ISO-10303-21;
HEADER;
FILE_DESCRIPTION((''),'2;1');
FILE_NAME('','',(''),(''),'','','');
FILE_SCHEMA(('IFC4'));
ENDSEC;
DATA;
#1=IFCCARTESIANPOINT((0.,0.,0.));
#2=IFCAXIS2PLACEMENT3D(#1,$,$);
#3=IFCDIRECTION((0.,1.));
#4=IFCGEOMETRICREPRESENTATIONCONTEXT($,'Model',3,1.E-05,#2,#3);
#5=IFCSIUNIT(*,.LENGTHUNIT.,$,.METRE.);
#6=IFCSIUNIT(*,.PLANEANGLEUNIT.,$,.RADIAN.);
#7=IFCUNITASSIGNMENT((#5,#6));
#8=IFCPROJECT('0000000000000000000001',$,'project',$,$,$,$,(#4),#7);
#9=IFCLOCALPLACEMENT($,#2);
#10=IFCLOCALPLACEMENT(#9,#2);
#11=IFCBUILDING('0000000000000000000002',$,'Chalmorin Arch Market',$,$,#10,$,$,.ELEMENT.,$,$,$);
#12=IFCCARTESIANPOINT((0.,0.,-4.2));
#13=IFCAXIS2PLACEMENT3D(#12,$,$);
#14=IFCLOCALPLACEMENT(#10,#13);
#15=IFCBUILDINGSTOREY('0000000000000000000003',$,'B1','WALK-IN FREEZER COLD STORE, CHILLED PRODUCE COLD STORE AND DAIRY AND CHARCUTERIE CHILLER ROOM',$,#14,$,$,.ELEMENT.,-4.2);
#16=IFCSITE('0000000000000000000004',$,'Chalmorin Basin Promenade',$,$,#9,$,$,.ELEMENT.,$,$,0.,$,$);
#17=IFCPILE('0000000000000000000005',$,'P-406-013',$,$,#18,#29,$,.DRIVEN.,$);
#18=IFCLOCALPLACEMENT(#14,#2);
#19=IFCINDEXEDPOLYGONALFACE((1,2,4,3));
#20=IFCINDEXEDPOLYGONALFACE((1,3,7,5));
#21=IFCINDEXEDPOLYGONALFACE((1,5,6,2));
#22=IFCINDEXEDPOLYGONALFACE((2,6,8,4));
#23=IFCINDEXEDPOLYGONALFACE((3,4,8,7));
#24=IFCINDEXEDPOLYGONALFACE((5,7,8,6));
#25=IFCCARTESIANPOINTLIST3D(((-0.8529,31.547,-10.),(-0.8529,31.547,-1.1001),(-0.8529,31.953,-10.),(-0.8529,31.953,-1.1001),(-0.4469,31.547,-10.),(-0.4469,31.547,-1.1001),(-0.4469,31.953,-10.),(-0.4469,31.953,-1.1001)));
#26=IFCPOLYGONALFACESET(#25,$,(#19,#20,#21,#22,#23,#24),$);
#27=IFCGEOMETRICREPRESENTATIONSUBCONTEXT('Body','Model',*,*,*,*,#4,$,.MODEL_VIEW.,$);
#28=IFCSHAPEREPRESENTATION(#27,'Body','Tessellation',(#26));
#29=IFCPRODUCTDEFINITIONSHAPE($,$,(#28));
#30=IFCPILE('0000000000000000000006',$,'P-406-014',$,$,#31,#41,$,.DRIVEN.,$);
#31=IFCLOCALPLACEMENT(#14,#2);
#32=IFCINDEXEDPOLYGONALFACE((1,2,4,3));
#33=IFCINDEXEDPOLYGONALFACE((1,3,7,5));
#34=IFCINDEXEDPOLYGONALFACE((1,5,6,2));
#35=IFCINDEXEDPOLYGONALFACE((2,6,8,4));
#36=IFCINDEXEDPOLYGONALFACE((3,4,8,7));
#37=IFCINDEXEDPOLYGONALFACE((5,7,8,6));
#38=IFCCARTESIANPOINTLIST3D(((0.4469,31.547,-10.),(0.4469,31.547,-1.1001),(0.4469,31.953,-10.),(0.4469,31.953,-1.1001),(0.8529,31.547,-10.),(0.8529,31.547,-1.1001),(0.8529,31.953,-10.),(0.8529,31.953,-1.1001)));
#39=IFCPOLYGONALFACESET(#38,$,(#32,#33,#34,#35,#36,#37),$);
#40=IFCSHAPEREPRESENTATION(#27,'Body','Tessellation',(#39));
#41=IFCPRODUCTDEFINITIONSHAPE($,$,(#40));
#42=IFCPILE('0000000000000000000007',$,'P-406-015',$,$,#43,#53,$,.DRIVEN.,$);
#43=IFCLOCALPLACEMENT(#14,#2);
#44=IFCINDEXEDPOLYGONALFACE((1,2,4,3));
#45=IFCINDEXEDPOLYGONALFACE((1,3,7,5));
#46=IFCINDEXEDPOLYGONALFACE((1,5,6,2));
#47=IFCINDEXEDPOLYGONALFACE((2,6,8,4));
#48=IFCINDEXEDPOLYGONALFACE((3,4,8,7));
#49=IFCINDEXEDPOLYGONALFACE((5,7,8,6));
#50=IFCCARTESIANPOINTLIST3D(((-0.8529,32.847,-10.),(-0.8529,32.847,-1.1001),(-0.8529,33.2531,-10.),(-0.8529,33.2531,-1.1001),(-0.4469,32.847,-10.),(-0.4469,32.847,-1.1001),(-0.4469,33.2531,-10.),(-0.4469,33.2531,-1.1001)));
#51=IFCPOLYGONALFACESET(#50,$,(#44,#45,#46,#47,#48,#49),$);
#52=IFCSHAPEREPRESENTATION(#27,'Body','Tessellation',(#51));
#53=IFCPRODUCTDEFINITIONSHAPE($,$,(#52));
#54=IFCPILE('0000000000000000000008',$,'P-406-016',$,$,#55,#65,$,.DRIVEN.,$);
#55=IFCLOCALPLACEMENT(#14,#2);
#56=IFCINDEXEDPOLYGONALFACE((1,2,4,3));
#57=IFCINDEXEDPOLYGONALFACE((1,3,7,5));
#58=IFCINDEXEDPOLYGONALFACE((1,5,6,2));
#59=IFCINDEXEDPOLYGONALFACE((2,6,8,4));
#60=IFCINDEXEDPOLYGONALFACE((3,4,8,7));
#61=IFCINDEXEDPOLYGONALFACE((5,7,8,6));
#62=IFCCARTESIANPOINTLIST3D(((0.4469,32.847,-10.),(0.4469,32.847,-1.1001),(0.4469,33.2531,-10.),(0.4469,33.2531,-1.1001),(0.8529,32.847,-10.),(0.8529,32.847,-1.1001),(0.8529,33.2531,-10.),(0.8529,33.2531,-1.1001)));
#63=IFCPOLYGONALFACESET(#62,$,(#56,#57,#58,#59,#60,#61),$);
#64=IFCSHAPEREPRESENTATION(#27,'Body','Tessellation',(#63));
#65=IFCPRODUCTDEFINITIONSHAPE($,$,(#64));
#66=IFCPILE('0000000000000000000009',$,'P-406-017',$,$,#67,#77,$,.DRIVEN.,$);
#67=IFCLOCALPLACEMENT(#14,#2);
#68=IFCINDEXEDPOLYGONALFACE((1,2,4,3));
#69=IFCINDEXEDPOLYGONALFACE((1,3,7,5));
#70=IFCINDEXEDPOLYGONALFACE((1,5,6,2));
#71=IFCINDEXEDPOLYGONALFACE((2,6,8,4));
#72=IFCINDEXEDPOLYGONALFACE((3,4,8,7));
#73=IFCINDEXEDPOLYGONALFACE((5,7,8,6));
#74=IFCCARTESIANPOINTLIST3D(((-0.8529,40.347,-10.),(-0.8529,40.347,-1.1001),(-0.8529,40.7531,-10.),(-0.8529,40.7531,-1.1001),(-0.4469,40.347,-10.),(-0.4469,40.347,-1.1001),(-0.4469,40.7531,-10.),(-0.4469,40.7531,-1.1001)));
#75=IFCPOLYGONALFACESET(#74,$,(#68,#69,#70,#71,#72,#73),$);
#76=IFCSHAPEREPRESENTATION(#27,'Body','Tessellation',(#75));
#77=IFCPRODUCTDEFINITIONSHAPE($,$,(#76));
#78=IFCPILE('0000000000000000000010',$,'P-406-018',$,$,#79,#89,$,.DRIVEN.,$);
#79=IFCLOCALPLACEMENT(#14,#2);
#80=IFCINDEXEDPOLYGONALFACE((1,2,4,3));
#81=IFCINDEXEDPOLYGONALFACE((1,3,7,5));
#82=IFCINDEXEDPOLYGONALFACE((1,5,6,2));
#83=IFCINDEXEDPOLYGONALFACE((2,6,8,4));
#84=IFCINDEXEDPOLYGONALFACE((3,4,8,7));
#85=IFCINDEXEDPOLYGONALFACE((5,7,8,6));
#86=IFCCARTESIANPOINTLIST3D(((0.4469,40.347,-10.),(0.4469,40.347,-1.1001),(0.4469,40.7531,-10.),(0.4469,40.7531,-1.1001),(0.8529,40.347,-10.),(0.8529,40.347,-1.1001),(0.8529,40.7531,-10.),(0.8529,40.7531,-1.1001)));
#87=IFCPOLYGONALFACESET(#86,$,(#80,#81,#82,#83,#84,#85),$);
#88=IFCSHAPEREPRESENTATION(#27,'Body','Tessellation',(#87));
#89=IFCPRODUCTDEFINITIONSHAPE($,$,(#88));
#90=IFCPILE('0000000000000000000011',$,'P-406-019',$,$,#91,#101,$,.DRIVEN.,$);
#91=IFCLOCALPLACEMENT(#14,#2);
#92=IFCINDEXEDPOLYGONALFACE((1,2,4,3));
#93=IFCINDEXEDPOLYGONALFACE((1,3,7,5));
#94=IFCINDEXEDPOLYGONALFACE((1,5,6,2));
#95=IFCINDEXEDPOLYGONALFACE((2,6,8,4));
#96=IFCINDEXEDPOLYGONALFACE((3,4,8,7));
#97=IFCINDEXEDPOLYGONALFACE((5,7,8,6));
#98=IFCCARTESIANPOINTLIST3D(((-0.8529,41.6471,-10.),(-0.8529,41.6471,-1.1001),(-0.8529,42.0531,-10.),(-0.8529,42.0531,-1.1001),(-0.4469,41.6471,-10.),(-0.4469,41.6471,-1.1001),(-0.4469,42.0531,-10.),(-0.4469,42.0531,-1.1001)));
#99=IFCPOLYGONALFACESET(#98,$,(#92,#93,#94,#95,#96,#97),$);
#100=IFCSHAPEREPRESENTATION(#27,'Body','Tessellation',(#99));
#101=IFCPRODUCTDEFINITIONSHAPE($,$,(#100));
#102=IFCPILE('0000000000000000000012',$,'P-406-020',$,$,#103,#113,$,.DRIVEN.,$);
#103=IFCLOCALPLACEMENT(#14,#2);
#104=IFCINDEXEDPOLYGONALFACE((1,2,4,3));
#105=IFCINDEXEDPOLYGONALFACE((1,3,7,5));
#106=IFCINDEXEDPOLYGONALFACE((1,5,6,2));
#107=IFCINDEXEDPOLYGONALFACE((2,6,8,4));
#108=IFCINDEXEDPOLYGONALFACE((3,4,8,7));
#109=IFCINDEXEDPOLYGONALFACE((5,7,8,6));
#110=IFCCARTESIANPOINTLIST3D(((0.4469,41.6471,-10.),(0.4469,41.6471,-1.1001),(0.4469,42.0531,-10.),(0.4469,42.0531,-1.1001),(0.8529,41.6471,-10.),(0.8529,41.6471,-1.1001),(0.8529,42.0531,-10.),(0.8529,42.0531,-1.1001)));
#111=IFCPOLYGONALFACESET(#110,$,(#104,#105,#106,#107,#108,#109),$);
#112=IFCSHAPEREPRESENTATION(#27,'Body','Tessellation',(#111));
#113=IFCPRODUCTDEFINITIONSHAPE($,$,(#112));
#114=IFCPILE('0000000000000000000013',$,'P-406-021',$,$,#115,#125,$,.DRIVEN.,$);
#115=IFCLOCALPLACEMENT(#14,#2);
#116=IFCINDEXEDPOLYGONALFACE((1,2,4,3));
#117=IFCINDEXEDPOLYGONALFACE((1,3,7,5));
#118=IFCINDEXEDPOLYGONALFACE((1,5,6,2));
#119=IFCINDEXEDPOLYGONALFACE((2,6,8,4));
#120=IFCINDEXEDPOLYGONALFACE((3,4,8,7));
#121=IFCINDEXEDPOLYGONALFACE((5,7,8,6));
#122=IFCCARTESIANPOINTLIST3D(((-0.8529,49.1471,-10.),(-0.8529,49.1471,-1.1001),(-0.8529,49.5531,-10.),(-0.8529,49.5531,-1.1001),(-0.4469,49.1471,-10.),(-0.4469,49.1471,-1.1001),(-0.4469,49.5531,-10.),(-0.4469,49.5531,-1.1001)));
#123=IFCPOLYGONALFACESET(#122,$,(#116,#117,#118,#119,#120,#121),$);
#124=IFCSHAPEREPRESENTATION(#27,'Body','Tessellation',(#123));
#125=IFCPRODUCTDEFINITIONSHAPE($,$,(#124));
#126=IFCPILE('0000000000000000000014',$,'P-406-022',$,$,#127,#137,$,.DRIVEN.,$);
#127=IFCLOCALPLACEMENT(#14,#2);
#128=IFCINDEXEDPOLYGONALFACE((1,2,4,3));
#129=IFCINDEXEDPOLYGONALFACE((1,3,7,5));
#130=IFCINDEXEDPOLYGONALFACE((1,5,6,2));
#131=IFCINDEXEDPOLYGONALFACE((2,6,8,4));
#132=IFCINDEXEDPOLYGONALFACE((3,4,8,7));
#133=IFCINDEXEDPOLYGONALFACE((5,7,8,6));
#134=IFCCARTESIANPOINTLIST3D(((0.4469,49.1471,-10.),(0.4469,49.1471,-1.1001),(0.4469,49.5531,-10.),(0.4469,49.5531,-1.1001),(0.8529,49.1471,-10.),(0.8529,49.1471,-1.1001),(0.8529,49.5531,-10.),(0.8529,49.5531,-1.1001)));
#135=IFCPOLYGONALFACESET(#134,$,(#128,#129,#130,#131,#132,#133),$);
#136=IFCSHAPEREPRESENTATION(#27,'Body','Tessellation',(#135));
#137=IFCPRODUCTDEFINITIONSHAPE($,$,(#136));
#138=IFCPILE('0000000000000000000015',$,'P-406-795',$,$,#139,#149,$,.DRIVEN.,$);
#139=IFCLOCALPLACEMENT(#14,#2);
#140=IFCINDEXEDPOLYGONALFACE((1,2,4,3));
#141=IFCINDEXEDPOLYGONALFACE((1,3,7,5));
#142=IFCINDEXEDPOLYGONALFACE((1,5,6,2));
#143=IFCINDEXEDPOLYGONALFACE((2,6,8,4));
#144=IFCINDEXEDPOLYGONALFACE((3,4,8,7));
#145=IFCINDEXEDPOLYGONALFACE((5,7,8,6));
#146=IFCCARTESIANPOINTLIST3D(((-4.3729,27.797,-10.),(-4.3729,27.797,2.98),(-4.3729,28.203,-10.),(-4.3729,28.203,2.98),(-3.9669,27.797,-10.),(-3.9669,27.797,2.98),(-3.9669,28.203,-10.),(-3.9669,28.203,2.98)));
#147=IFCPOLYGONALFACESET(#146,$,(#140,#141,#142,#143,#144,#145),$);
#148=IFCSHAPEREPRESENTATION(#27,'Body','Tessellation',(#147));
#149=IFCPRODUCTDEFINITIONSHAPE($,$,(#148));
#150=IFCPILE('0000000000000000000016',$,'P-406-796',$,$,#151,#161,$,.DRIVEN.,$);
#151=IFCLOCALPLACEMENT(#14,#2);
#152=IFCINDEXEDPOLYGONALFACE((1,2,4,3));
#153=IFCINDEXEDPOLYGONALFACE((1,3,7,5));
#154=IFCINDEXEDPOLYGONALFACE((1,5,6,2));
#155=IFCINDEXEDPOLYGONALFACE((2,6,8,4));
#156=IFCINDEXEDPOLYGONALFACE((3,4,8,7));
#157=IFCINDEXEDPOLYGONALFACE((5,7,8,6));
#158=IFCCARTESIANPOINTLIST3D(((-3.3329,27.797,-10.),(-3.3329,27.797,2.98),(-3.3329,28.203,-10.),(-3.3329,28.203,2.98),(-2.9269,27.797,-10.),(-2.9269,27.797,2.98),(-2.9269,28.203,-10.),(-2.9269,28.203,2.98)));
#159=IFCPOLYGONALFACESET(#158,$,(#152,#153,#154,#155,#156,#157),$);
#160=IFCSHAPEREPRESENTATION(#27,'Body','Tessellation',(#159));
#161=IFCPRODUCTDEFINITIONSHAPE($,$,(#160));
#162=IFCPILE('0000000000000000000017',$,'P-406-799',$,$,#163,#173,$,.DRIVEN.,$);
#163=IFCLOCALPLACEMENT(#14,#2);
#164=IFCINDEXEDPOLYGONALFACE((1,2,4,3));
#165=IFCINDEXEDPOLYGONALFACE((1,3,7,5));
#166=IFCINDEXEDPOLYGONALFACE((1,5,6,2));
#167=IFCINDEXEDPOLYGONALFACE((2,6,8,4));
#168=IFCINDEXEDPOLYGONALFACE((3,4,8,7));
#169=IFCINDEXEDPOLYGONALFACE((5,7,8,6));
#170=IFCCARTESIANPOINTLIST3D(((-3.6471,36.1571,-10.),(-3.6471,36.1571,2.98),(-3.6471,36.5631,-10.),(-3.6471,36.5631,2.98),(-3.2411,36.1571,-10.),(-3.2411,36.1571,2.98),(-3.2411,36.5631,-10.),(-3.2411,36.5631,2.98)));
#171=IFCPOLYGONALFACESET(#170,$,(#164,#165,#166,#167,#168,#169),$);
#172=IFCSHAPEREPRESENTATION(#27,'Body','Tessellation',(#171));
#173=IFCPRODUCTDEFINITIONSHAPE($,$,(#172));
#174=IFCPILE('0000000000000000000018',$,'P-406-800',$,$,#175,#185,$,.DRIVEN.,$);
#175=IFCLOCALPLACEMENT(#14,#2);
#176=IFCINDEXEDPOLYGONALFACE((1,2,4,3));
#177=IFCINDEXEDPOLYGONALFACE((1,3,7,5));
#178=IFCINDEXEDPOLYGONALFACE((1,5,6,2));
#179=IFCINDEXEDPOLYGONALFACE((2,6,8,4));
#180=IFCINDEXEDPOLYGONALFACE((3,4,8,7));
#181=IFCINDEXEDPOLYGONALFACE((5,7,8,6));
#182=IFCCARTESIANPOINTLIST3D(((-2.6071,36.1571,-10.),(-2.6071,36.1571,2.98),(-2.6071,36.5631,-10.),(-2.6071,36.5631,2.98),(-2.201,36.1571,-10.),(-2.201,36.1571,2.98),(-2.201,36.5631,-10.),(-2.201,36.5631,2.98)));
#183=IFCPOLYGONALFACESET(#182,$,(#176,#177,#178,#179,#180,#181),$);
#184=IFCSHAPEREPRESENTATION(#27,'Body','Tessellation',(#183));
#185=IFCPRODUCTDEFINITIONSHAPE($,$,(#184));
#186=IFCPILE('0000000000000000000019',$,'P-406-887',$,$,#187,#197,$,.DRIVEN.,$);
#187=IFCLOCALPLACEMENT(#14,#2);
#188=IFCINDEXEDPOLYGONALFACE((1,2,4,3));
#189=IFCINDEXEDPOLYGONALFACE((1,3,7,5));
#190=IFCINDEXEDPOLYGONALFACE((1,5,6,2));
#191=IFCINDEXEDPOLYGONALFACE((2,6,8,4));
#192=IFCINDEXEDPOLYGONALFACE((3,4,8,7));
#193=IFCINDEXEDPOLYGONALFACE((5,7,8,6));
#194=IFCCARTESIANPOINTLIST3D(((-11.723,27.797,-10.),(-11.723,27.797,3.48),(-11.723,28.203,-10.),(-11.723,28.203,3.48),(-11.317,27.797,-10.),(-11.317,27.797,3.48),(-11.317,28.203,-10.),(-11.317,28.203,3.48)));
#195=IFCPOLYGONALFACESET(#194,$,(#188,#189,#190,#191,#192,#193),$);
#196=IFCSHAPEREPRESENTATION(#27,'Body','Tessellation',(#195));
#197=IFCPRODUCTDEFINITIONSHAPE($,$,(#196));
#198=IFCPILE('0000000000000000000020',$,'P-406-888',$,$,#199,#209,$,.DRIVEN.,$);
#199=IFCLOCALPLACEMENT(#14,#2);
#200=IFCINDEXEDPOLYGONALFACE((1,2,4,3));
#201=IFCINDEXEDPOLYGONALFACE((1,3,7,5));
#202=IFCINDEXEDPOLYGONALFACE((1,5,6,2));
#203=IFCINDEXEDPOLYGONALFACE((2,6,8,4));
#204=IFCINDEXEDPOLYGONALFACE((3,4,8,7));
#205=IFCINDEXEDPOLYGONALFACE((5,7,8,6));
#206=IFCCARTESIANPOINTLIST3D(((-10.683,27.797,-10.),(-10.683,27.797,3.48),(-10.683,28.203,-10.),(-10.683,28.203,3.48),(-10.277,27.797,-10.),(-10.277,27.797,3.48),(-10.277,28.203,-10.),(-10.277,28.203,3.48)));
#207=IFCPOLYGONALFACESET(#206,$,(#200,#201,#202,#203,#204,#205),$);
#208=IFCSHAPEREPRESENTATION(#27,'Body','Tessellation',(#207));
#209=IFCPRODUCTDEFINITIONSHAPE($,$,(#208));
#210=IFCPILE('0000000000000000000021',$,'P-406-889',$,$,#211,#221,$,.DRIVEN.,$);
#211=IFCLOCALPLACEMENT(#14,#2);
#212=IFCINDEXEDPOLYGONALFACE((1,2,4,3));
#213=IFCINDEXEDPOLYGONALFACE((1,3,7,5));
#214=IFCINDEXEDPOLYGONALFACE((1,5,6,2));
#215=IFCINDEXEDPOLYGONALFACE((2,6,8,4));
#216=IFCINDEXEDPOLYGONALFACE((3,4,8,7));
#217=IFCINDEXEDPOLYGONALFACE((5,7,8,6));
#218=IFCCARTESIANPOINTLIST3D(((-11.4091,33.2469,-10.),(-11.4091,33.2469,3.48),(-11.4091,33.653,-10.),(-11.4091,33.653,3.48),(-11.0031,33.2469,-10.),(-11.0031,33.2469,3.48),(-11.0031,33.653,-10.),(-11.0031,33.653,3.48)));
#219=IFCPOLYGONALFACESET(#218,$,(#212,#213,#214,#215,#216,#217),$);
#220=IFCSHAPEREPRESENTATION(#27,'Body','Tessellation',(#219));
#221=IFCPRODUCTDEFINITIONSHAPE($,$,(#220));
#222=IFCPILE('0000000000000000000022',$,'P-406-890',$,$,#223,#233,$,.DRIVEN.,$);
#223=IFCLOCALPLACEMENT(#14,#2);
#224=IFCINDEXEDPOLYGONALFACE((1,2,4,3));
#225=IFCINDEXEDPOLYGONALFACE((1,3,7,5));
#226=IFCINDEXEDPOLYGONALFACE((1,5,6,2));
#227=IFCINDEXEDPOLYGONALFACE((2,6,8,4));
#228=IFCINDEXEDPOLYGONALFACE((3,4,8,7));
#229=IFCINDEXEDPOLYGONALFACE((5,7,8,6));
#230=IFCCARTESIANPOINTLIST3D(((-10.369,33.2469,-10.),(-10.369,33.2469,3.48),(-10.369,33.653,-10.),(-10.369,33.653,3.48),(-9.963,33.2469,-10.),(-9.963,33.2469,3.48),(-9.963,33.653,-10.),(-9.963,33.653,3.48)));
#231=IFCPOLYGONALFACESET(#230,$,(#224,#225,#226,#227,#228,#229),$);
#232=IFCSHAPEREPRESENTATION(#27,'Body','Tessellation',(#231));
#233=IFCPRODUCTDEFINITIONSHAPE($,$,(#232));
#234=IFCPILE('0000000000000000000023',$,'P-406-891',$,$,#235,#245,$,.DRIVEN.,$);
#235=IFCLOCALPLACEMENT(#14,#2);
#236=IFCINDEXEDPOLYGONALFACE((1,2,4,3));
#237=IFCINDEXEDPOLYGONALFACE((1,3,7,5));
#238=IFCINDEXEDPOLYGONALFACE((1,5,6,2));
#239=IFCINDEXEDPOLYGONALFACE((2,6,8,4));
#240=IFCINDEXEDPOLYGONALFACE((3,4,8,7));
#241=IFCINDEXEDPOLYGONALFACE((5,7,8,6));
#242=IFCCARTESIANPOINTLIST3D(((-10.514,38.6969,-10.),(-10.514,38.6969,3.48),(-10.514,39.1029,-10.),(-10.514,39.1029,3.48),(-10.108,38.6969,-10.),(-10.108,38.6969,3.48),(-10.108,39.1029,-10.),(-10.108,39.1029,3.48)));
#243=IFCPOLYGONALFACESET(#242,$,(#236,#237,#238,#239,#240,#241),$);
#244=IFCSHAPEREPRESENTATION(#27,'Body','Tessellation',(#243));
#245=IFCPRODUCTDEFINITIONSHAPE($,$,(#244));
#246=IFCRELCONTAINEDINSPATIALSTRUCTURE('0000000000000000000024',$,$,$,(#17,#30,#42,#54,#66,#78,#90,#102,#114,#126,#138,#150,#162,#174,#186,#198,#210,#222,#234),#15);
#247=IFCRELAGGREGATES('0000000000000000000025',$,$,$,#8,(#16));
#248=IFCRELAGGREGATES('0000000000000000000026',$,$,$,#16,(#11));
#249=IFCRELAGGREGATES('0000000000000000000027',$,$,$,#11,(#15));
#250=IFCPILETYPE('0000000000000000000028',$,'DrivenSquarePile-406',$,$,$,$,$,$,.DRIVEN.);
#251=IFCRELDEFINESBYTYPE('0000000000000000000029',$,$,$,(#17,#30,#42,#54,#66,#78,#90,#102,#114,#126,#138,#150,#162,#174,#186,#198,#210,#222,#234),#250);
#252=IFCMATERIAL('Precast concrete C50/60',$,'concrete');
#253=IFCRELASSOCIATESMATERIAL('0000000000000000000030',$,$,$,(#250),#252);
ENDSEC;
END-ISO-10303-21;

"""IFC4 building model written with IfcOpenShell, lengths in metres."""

from ifc_helpers import new_model, si_unit, direction, frame, origin, origin_2d, place, context, subcontext, project, spatial, rectangle, extrude, material, material_profile, profile_set, type_object, element, save


model = new_model("IFC4")

# Units and contexts
model_context = context("Model", 3, precision=1e-05, world=origin(), true_north=direction((0.0, 1.0)))
body_context = subcontext(model_context, "Body", "Model", "MODEL_VIEW")
ifc_project = project(units=[si_unit("LENGTHUNIT", "METRE"), si_unit("PLANEANGLEUNIT", "RADIAN")], contexts=[model_context])

# Site, building, storey
site_placement = place(None, origin())
site = spatial("IfcSite", under=ifc_project, at=site_placement, Name="Chalmorin Basin Promenade", CompositionType="ELEMENT", RefElevation=0.0)
building_placement = place(site_placement, origin())
building = spatial("IfcBuilding", under=site, at=building_placement, Name="Chalmorin Arch Market", CompositionType="ELEMENT")
storey_placement = place(building_placement, frame((0.0, 0.0, -4.2)))
storey = spatial("IfcBuildingStorey", under=building, at=storey_placement, Name="B1", Description="WALK-IN FREEZER COLD STORE, CHILLED PRODUCE COLD STORE AND DAIRY AND CHARCUTERIE CHILLER ROOM", CompositionType="ELEMENT", Elevation=-4.2)

# Piles
ifc_material_1 = material(Name="Precast concrete C50/60", Category="concrete")
ifc_material_profile_1 = material_profile(ifc_material_1, rectangle(XDim=0.406, YDim=0.406, at=origin_2d()), Name="PPC406")
ifc_profile_set_1 = profile_set([ifc_material_profile_1], Name="Precast concrete C50/60")
pile_type = type_object("IfcPileType", Name="DrivenSquarePile-406", PredefinedType="DRIVEN", material=ifc_profile_set_1)
for number, where, z_axis, x_axis, name in (
    (1, (-0.6499, 31.75, -1.1001), (0.0, 0.0, -1.0), (1.0, 0.0, 0.0), "P-406-013"),
    (2, (0.6499, 31.75, -1.1001), (0.0, 0.0, -1.0), (1.0, 0.0, 0.0), "P-406-014"),
    (3, (-0.6499, 33.05, -1.1001), (0.0, 0.0, -1.0), (1.0, 0.0, 0.0), "P-406-015"),
    (4, (0.6499, 33.05, -1.1001), (0.0, 0.0, -1.0), (1.0, 0.0, 0.0), "P-406-016"),
    (5, (-0.6499, 40.55, -1.1001), (0.0, 0.0, -1.0), (1.0, 0.0, 0.0), "P-406-017"),
    (6, (0.6499, 40.55, -1.1001), (0.0, 0.0, -1.0), (1.0, 0.0, 0.0), "P-406-018"),
    (7, (-0.6499, 41.8501, -1.1001), (0.0, 0.0, -1.0), (1.0, 0.0, 0.0), "P-406-019"),
    (8, (0.6499, 41.8501, -1.1001), (0.0, 0.0, -1.0), (1.0, 0.0, 0.0), "P-406-020"),
    (9, (-0.6499, 49.3501, -1.1001), (0.0, 0.0, -1.0), (1.0, 0.0, 0.0), "P-406-021"),
    (10, (0.6499, 49.3501, -1.1001), (0.0, 0.0, -1.0), (1.0, 0.0, 0.0), "P-406-022"),
):
    element("IfcPile", number, at=place(storey_placement, frame(where, z_axis=z_axis, x_axis=x_axis)), inside=storey, type_object=pile_type, Name=name, PredefinedType="DRIVEN", context=body_context, shape_type="SweptSolid", body=[
        extrude(rectangle(XDim=0.406, YDim=0.406, at=origin_2d()), origin(), (0.0, 0.0, 1.0), 8.8999),
    ])
for number, where, z_axis, x_axis, name in (
    (11, (-4.1699, 28.0, 2.98), (0.0, 0.0, -1.0), (1.0, 0.0, 0.0), "P-406-795"),
    (12, (-3.1299, 28.0, 2.98), (0.0, 0.0, -1.0), (1.0, 0.0, 0.0), "P-406-796"),
    (13, (-3.4441, 36.3601, 2.98), (0.0, 0.0, -1.0), (1.0, 0.0, 0.0), "P-406-799"),
    (14, (-2.4041, 36.3601, 2.98), (0.0, 0.0, -1.0), (1.0, 0.0, 0.0), "P-406-800"),
):
    element("IfcPile", number, at=place(storey_placement, frame(where, z_axis=z_axis, x_axis=x_axis)), inside=storey, type_object=pile_type, Name=name, PredefinedType="DRIVEN", context=body_context, shape_type="SweptSolid", body=[
        extrude(rectangle(XDim=0.406, YDim=0.406, at=origin_2d()), origin(), (0.0, 0.0, 1.0), 12.98),
    ])
for number, where, z_axis, x_axis, name in (
    (15, (-11.52, 28.0, 3.48), (0.0, 0.0, -1.0), (1.0, 0.0, 0.0), "P-406-887"),
    (16, (-10.48, 28.0, 3.48), (0.0, 0.0, -1.0), (1.0, 0.0, 0.0), "P-406-888"),
    (17, (-11.2061, 33.45, 3.48), (0.0, 0.0, -1.0), (1.0, 0.0, 0.0), "P-406-889"),
    (18, (-10.166, 33.45, 3.48), (0.0, 0.0, -1.0), (1.0, 0.0, 0.0), "P-406-890"),
    (19, (-10.311, 38.8999, 3.48), (0.0, 0.0, -1.0), (1.0, 0.0, 0.0), "P-406-891"),
):
    element("IfcPile", number, at=place(storey_placement, frame(where, z_axis=z_axis, x_axis=x_axis)), inside=storey, type_object=pile_type, Name=name, PredefinedType="DRIVEN", context=body_context, shape_type="SweptSolid", body=[
        extrude(rectangle(XDim=0.406, YDim=0.406, at=origin_2d()), origin(), (0.0, 0.0, 1.0), 13.48),
    ])

save(model, "model.ifc")
